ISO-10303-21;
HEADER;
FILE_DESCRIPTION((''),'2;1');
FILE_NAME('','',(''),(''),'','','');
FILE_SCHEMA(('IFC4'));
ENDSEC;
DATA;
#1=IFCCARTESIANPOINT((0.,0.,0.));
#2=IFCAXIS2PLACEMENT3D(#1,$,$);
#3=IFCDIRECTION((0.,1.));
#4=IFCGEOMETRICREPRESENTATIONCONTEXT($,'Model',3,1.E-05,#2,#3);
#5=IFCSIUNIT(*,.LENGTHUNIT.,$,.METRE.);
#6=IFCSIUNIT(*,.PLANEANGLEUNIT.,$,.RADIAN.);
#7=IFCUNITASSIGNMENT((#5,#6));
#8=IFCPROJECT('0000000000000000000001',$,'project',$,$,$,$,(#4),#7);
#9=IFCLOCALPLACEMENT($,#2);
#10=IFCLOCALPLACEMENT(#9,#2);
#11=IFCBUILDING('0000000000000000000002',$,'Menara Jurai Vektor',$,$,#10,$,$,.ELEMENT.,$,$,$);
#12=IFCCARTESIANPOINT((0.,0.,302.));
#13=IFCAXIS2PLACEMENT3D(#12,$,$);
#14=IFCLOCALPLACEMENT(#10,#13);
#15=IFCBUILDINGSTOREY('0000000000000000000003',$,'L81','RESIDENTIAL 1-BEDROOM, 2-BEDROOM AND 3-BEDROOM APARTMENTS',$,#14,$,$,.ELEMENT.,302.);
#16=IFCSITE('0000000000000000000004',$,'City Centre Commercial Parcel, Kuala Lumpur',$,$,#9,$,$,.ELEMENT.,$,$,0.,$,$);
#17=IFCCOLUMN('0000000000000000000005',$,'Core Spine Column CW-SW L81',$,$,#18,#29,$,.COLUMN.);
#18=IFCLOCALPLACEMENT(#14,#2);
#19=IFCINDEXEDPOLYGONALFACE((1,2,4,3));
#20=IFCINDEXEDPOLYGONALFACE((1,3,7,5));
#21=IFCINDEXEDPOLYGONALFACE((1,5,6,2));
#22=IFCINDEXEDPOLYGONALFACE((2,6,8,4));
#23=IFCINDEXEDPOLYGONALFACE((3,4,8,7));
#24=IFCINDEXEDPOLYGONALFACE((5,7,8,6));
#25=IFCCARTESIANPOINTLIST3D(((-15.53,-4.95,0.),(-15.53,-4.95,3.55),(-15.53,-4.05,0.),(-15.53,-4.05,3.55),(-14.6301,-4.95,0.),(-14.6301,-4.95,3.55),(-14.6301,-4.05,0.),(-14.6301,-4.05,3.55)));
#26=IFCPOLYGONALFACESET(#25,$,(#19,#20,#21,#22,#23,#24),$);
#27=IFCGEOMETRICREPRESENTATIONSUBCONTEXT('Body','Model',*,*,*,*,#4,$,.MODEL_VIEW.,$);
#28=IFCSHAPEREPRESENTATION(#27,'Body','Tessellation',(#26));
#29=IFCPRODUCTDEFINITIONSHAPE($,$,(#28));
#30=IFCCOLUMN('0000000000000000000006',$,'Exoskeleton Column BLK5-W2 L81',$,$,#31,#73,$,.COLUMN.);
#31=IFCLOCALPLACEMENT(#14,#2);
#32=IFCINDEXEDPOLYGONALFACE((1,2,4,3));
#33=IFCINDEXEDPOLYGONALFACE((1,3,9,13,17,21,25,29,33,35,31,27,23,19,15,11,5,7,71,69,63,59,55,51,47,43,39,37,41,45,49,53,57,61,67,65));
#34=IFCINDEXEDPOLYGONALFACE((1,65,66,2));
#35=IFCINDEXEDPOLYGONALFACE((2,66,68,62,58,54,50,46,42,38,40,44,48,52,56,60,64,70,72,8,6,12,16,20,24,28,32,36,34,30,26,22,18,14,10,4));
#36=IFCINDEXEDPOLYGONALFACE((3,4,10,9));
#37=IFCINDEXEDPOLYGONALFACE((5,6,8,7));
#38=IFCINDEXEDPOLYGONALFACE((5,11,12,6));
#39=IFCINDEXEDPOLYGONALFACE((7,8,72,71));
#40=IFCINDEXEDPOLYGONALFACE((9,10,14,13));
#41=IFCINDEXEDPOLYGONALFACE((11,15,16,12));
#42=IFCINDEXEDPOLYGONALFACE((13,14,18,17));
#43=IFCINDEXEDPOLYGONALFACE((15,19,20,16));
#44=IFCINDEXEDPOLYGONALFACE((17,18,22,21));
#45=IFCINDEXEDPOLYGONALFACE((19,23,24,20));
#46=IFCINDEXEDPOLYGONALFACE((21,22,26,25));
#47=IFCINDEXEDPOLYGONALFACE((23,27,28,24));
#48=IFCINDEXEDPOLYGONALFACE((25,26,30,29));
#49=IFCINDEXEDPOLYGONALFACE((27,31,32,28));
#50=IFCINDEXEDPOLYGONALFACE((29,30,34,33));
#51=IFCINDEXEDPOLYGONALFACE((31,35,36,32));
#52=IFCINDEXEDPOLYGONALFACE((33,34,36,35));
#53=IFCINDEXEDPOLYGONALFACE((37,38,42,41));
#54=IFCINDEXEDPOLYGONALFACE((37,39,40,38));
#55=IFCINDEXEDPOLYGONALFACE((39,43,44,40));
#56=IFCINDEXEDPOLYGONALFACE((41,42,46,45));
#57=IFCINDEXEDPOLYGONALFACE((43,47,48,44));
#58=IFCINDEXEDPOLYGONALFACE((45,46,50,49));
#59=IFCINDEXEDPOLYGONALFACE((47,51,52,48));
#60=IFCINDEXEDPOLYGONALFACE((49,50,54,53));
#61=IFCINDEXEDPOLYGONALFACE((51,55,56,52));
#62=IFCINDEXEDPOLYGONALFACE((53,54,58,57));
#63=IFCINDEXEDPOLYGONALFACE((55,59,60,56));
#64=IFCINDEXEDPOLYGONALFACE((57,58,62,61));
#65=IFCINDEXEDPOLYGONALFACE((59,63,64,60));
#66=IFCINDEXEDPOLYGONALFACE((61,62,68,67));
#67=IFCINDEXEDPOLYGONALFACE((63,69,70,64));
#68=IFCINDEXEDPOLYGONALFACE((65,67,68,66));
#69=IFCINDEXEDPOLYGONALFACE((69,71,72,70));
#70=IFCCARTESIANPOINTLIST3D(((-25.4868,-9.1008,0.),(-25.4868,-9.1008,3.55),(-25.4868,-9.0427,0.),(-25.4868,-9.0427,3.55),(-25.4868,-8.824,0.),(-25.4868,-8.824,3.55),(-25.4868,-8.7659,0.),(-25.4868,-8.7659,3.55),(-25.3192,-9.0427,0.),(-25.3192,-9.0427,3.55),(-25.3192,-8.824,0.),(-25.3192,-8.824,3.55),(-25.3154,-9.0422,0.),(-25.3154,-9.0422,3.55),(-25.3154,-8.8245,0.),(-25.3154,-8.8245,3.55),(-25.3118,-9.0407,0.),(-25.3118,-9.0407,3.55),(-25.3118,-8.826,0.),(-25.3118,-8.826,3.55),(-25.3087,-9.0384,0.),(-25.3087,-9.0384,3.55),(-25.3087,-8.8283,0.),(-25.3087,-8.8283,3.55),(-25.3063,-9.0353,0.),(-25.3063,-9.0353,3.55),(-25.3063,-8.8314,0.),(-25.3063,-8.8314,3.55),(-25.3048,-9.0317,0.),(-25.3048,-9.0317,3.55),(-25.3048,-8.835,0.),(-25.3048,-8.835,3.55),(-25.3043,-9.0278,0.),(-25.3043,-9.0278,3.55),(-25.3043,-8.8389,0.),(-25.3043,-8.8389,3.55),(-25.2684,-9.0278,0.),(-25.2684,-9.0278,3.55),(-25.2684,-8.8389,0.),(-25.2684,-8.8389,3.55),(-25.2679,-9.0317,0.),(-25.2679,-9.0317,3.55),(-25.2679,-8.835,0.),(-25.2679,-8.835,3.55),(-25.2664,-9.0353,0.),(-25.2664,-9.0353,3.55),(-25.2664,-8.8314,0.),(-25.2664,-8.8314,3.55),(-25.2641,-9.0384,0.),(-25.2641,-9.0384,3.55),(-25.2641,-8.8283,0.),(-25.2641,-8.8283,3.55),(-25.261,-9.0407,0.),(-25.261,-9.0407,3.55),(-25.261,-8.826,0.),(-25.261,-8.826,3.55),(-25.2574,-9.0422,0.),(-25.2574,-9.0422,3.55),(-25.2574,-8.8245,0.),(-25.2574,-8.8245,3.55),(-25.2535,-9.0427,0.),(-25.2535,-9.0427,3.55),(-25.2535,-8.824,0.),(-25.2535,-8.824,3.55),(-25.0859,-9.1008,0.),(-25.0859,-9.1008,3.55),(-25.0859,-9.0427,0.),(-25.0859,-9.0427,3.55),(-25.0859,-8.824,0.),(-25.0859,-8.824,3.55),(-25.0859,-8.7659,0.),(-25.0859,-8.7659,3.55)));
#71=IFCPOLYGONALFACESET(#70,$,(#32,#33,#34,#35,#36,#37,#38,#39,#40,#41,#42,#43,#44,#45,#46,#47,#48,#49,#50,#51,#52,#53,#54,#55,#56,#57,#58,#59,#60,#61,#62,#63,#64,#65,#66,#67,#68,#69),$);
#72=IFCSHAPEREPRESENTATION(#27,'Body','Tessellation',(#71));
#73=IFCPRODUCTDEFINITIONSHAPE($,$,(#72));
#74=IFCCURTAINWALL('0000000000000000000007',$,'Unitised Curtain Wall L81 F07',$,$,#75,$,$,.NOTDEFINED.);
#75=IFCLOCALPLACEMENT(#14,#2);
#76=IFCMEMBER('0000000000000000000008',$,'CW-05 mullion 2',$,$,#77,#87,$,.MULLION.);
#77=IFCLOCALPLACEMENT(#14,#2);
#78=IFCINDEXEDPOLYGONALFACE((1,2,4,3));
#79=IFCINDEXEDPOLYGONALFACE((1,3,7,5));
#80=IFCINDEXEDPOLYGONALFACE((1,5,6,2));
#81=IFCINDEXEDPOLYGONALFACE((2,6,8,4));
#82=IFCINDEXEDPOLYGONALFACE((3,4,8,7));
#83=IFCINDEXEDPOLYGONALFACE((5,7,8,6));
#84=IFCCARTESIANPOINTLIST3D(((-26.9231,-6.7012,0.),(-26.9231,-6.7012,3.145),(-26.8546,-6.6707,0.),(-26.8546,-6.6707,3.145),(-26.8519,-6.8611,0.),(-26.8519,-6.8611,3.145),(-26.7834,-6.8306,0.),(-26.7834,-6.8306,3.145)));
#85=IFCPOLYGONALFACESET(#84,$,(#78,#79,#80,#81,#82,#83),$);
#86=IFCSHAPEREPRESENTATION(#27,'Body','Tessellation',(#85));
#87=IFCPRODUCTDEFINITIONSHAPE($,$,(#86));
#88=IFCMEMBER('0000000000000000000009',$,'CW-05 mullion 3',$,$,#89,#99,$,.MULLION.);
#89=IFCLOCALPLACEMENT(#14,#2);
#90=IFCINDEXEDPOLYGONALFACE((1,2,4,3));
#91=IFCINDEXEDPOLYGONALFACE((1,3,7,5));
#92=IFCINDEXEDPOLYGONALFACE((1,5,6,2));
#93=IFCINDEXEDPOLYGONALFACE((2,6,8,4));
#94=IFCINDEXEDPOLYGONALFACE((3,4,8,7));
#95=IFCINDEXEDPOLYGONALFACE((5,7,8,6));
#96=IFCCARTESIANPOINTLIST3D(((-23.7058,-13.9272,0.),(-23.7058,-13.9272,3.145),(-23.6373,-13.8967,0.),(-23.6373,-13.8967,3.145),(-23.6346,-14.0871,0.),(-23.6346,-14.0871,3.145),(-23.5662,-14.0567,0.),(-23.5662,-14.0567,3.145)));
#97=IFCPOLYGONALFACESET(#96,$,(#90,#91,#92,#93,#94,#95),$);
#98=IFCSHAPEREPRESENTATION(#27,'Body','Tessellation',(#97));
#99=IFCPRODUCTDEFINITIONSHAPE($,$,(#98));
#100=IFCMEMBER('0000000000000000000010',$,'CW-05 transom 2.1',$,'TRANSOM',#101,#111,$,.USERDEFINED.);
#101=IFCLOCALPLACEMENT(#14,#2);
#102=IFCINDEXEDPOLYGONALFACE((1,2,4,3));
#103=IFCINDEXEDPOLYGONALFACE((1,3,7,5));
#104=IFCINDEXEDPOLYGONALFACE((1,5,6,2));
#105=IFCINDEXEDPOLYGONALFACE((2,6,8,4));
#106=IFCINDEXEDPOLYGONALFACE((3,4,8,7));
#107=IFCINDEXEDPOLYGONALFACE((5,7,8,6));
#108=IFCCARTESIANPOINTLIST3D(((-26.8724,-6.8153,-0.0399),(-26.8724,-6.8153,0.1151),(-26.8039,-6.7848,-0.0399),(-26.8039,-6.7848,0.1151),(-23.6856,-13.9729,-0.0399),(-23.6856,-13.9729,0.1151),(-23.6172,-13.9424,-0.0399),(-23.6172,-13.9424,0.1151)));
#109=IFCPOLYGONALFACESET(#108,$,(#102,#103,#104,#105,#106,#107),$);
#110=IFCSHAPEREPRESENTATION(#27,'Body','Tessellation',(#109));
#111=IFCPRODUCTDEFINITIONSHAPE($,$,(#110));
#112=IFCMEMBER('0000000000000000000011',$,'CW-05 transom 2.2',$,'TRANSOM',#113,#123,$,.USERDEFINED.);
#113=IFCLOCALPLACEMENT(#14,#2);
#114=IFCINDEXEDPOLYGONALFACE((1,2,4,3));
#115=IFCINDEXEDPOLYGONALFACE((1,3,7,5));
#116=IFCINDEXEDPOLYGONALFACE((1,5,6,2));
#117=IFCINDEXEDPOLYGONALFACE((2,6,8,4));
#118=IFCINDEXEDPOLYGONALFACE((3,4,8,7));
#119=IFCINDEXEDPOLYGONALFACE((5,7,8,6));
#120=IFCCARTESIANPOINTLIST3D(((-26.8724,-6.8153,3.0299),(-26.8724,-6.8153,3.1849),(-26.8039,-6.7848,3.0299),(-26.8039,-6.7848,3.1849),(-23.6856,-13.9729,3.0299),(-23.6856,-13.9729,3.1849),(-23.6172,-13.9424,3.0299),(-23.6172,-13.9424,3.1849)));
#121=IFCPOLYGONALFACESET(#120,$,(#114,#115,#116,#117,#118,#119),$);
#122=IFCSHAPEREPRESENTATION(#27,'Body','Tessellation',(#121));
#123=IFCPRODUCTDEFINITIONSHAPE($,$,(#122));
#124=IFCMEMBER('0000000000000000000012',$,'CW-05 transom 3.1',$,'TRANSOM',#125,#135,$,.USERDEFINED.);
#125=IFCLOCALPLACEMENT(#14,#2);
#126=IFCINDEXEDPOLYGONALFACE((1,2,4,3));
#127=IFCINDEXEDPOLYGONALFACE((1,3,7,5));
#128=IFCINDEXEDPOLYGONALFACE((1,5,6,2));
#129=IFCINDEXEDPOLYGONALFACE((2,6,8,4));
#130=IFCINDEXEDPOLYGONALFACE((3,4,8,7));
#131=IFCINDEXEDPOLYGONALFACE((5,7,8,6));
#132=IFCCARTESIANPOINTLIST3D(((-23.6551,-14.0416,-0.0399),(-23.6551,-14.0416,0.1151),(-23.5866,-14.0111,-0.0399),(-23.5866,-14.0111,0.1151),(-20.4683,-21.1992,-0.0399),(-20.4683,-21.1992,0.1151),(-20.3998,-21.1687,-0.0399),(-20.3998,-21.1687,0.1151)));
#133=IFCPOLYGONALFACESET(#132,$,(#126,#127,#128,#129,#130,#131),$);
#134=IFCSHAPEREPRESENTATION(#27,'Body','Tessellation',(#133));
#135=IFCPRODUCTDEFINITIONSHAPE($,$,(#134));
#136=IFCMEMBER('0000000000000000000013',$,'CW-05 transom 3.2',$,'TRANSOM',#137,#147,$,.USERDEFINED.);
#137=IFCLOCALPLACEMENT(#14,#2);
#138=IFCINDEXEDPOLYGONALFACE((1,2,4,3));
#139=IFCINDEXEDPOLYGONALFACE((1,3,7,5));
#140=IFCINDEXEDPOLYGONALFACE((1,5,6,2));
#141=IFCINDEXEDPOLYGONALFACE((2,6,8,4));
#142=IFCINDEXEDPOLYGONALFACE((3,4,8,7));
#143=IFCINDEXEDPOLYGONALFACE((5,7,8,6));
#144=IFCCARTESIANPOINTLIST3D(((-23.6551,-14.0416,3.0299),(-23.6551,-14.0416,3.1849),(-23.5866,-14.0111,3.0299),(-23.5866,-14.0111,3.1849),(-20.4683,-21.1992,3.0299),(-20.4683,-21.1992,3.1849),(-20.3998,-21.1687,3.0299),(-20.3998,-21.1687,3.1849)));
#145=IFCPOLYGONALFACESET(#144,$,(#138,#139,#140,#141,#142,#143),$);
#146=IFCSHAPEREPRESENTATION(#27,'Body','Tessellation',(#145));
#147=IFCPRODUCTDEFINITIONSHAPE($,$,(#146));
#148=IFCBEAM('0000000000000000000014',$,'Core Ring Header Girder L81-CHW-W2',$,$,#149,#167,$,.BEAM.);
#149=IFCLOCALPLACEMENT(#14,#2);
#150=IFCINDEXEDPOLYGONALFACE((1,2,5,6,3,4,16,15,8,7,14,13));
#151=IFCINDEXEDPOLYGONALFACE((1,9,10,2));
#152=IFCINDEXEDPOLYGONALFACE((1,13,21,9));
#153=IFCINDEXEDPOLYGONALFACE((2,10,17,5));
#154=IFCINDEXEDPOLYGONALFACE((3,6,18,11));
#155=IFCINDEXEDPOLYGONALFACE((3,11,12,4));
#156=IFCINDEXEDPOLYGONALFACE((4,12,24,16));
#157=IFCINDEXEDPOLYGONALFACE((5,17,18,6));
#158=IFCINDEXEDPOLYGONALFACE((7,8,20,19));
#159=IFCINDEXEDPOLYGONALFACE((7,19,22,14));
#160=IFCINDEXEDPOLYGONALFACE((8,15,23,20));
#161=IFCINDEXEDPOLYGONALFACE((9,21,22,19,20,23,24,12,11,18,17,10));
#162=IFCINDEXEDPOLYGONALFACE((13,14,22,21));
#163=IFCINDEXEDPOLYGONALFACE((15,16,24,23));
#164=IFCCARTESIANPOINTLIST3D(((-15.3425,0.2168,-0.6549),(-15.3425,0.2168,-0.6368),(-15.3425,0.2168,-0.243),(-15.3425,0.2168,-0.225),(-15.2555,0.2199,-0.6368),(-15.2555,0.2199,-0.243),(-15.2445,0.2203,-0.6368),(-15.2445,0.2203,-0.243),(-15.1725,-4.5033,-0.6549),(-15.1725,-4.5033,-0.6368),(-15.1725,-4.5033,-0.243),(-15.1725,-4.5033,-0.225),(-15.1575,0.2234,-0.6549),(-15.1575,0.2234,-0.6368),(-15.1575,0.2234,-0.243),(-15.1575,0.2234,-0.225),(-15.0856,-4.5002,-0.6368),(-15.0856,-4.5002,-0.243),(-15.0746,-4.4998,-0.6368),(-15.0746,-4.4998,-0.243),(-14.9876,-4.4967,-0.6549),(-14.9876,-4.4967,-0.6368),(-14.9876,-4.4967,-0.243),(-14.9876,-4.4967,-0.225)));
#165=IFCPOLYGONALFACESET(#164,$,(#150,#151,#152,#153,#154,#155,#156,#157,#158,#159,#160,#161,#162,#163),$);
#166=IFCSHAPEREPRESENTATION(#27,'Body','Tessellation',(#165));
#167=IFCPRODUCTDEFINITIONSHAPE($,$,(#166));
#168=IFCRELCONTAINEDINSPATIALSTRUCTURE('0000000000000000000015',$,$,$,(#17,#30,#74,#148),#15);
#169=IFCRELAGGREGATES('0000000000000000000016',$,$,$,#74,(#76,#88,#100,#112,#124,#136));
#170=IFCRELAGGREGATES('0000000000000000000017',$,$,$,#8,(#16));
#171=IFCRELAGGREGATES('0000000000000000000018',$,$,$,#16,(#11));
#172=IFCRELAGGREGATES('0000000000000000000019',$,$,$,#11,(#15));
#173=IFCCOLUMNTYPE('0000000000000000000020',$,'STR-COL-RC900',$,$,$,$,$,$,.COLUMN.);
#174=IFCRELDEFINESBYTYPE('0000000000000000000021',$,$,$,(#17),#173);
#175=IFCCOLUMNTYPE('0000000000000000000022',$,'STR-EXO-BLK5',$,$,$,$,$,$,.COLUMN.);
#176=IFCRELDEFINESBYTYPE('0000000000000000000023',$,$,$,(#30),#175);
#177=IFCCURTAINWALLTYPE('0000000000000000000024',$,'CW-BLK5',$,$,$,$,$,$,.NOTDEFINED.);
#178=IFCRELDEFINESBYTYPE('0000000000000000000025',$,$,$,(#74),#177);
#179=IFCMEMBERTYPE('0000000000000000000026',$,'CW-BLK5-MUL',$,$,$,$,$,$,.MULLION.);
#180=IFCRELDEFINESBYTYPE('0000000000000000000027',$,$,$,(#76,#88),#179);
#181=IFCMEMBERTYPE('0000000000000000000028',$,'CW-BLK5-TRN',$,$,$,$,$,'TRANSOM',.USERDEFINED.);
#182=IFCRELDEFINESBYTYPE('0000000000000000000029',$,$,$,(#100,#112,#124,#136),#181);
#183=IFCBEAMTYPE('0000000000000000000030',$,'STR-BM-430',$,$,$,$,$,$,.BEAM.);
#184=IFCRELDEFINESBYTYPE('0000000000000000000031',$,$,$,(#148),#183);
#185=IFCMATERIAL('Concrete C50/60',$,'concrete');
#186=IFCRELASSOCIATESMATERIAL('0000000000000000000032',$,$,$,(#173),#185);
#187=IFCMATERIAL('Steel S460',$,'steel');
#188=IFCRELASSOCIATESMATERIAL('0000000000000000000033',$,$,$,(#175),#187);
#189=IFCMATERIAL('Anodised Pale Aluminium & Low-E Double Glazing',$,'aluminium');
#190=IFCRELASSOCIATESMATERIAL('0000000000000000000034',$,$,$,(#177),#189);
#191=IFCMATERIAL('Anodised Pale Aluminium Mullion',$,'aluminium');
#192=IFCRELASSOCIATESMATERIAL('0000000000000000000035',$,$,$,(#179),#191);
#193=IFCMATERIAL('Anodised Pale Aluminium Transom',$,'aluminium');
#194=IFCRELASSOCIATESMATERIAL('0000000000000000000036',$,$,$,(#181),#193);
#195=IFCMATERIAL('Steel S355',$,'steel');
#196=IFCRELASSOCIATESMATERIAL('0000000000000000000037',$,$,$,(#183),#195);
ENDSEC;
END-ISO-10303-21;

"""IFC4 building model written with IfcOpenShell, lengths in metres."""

from ifc_helpers import new_model, si_unit, direction, frame, origin, origin_2d, place, context, subcontext, project, spatial, rectangle, i_section, extrude, material, material_profile, profile_set, type_object, element, aggregate, save


model = new_model("IFC4")

# Units and contexts
model_context = context("Model", 3, precision=1e-05, world=origin(), true_north=direction((0.0, 1.0)))
body_context = subcontext(model_context, "Body", "Model", "MODEL_VIEW")
ifc_project = project(units=[si_unit("LENGTHUNIT", "METRE"), si_unit("PLANEANGLEUNIT", "RADIAN")], contexts=[model_context])

# Site, building, storey
site_placement = place(None, origin())
site = spatial("IfcSite", under=ifc_project, at=site_placement, Name="City Centre Commercial Parcel, Kuala Lumpur", CompositionType="ELEMENT", RefElevation=0.0)
building_placement = place(site_placement, origin())
building = spatial("IfcBuilding", under=site, at=building_placement, Name="Menara Jurai Vektor", CompositionType="ELEMENT")
storey_placement = place(building_placement, frame((0.0, 0.0, 302.0)))
storey = spatial("IfcBuildingStorey", under=building, at=storey_placement, Name="L81", Description="RESIDENTIAL 1-BEDROOM, 2-BEDROOM AND 3-BEDROOM APARTMENTS", CompositionType="ELEMENT", Elevation=302.0)

# Columns
ifc_material_1 = material(Name="Concrete C50/60", Category="concrete")
ifc_material_profile_1 = material_profile(ifc_material_1, rectangle(XDim=0.8999, YDim=0.8999, at=origin_2d()), Name="RC 900x900")
ifc_profile_set_1 = profile_set([ifc_material_profile_1], Name="Concrete C50/60")
column_type_1 = type_object("IfcColumnType", Name="STR-COL-RC900", PredefinedType="COLUMN", material=ifc_profile_set_1)
column_1_placement = place(storey_placement, frame((-15.0801, -4.5, 0.0), z_axis=(0.0, 0.0, 1.0), x_axis=(1.0, 0.0, 0.0)))
element("IfcColumn", 1, at=column_1_placement, inside=storey, type_object=column_type_1, Name="Core Spine Column CW-SW L81", PredefinedType="COLUMN", context=body_context, shape_type="SweptSolid", body=[
    extrude(rectangle(XDim=0.8999, YDim=0.8999, at=origin_2d()), origin(), (0.0, 0.0, 1.0), 3.55),
])
ifc_material_2 = material(Name="Steel S460", Category="steel")
ifc_material_profile_2 = material_profile(ifc_material_2, i_section(OverallWidth=0.4009, OverallDepth=0.335, WebThickness=0.0359, FlangeThickness=0.0581, FilletRadius=0.0149, at=origin_2d()), Name="HD 400x463")
ifc_profile_set_2 = profile_set([ifc_material_profile_2], Name="Steel S460")
column_type_2 = type_object("IfcColumnType", Name="STR-EXO-BLK5", PredefinedType="COLUMN", material=ifc_profile_set_2)
column_2_placement = place(storey_placement, frame((-25.2864, -8.9333, 0.0), z_axis=(0.0, 0.0, 1.0), x_axis=(1.0, 0.0, 0.0)))
element("IfcColumn", 2, at=column_2_placement, inside=storey, type_object=column_type_2, Name="Exoskeleton Column BLK5-W2 L81", PredefinedType="COLUMN", context=body_context, shape_type="SweptSolid", body=[
    extrude(i_section(OverallWidth=0.4009, OverallDepth=0.335, WebThickness=0.0359, FlangeThickness=0.0581, FilletRadius=0.0149, at=origin_2d()), origin(), (0.0, 0.0, 1.0), 3.55),
])

# Curtain wall, members
ifc_material_3 = material(Name="Anodised Pale Aluminium & Low-E Double Glazing", Category="aluminium")
curtain_wall_type = type_object("IfcCurtainWallType", Name="CW-BLK5", PredefinedType="NOTDEFINED", material=ifc_material_3)
curtain_wall_placement = place(storey_placement, origin())
curtain_wall = element("IfcCurtainWall", 3, at=curtain_wall_placement, inside=storey, type_object=curtain_wall_type, Name="Unitised Curtain Wall L81 F07", PredefinedType="NOTDEFINED")
ifc_material_4 = material(Name="Anodised Pale Aluminium Mullion", Category="aluminium")
ifc_material_profile_3 = material_profile(ifc_material_4, rectangle(XDim=0.075, YDim=0.175, at=origin_2d()), Name="ALU MUL 75x175")
ifc_profile_set_3 = profile_set([ifc_material_profile_3], Name="Anodised Pale Aluminium Mullion")
member_type_1 = type_object("IfcMemberType", Name="CW-BLK5-MUL", PredefinedType="MULLION", material=ifc_profile_set_3)
member_1_placement = place(storey_placement, frame((-26.8533, -6.7659, 0.0), z_axis=(0.0, 0.0, 1.0), x_axis=(0.913546, 0.406735, 0.0)))
member_1 = element("IfcMember", 4, at=member_1_placement, type_object=member_type_1, Name="CW-05 mullion 2", PredefinedType="MULLION", context=body_context, shape_type="SweptSolid", body=[
    extrude(rectangle(XDim=0.075, YDim=0.175, at=origin_2d()), origin(), (0.0, 0.0, 1.0), 3.145),
])
member_2_placement = place(storey_placement, frame((-23.636, -13.9919, 0.0), z_axis=(0.0, 0.0, 1.0), x_axis=(0.913546, 0.406735, 0.0)))
member_2 = element("IfcMember", 5, at=member_2_placement, type_object=member_type_1, Name="CW-05 mullion 3", PredefinedType="MULLION", context=body_context, shape_type="SweptSolid", body=[
    extrude(rectangle(XDim=0.075, YDim=0.175, at=origin_2d()), origin(), (0.0, 0.0, 1.0), 3.145),
])
ifc_material_5 = material(Name="Anodised Pale Aluminium Transom", Category="aluminium")
ifc_material_profile_4 = material_profile(ifc_material_5, rectangle(XDim=0.075, YDim=0.155, at=origin_2d()), Name="ALU TRN 75x155")
ifc_profile_set_4 = profile_set([ifc_material_profile_4], Name="Anodised Pale Aluminium Transom")
member_type_2 = type_object("IfcMemberType", Name="CW-BLK5-TRN", ElementType="TRANSOM", PredefinedType="USERDEFINED", material=ifc_profile_set_4)
member_3_placement = place(storey_placement, frame((-26.8381, -6.8, 0.0376), z_axis=(0.406731, -0.913548, 0.0), x_axis=(0.913548, 0.406731, 0.0)))
member_3 = element("IfcMember", 6, at=member_3_placement, type_object=member_type_2, Name="CW-05 transom 2.1", ObjectType="TRANSOM", PredefinedType="USERDEFINED", context=body_context, shape_type="SweptSolid", body=[
    extrude(rectangle(XDim=0.075, YDim=0.155, at=origin_2d()), origin(), (0.0, 0.0, 1.0), 7.835),
])
member_4_placement = place(storey_placement, frame((-26.8381, -6.8, 3.1074), z_axis=(0.406731, -0.913548, 0.0), x_axis=(0.913548, 0.406731, 0.0)))
member_4 = element("IfcMember", 7, at=member_4_placement, type_object=member_type_2, Name="CW-05 transom 2.2", ObjectType="TRANSOM", PredefinedType="USERDEFINED", context=body_context, shape_type="SweptSolid", body=[
    extrude(rectangle(XDim=0.075, YDim=0.155, at=origin_2d()), origin(), (0.0, 0.0, 1.0), 7.835),
])
member_5_placement = place(storey_placement, frame((-23.6208, -14.0264, 0.0376), z_axis=(0.406743, -0.913543, 0.0), x_axis=(0.913543, 0.406743, 0.0)))
member_5 = element("IfcMember", 8, at=member_5_placement, type_object=member_type_2, Name="CW-05 transom 3.1", ObjectType="TRANSOM", PredefinedType="USERDEFINED", context=body_context, shape_type="SweptSolid", body=[
    extrude(rectangle(XDim=0.075, YDim=0.155, at=origin_2d()), origin(), (0.0, 0.0, 1.0), 7.835),
])
member_6_placement = place(storey_placement, frame((-23.6208, -14.0264, 3.1074), z_axis=(0.406743, -0.913543, 0.0), x_axis=(0.913543, 0.406743, 0.0)))
member_6 = element("IfcMember", 9, at=member_6_placement, type_object=member_type_2, Name="CW-05 transom 3.2", ObjectType="TRANSOM", PredefinedType="USERDEFINED", context=body_context, shape_type="SweptSolid", body=[
    extrude(rectangle(XDim=0.075, YDim=0.155, at=origin_2d()), origin(), (0.0, 0.0, 1.0), 7.835),
])

# Beam
ifc_material_6 = material(Name="Steel S355", Category="steel")
ifc_material_profile_5 = material_profile(ifc_material_6, i_section(OverallWidth=0.1851, OverallDepth=0.4299, WebThickness=0.011, FlangeThickness=0.0181, at=origin_2d()), Name="PG 430x185x76")
ifc_profile_set_5 = profile_set([ifc_material_profile_5], Name="Steel S355")
beam_type_1 = type_object("IfcBeamType", Name="STR-BM-430", PredefinedType="BEAM", material=ifc_profile_set_5)
beam_1_placement = place(storey_placement, frame((-15.0801, -4.5, -0.4399), z_axis=(-0.035977, 0.999353, 0.0), x_axis=(-0.999353, -0.035977, 0.0)))
element("IfcBeam", 10, at=beam_1_placement, inside=storey, type_object=beam_type_1, Name="Core Ring Header Girder L81-CHW-W2", PredefinedType="BEAM", context=body_context, shape_type="SweptSolid", body=[
    extrude(i_section(OverallWidth=0.1851, OverallDepth=0.4299, WebThickness=0.011, FlangeThickness=0.0181, at=origin_2d()), origin(), (0.0, 0.0, 1.0), 4.7231),
])

aggregate(curtain_wall, [member_1, member_2, member_3, member_4, member_5, member_6])

save(model, "model.ifc")
